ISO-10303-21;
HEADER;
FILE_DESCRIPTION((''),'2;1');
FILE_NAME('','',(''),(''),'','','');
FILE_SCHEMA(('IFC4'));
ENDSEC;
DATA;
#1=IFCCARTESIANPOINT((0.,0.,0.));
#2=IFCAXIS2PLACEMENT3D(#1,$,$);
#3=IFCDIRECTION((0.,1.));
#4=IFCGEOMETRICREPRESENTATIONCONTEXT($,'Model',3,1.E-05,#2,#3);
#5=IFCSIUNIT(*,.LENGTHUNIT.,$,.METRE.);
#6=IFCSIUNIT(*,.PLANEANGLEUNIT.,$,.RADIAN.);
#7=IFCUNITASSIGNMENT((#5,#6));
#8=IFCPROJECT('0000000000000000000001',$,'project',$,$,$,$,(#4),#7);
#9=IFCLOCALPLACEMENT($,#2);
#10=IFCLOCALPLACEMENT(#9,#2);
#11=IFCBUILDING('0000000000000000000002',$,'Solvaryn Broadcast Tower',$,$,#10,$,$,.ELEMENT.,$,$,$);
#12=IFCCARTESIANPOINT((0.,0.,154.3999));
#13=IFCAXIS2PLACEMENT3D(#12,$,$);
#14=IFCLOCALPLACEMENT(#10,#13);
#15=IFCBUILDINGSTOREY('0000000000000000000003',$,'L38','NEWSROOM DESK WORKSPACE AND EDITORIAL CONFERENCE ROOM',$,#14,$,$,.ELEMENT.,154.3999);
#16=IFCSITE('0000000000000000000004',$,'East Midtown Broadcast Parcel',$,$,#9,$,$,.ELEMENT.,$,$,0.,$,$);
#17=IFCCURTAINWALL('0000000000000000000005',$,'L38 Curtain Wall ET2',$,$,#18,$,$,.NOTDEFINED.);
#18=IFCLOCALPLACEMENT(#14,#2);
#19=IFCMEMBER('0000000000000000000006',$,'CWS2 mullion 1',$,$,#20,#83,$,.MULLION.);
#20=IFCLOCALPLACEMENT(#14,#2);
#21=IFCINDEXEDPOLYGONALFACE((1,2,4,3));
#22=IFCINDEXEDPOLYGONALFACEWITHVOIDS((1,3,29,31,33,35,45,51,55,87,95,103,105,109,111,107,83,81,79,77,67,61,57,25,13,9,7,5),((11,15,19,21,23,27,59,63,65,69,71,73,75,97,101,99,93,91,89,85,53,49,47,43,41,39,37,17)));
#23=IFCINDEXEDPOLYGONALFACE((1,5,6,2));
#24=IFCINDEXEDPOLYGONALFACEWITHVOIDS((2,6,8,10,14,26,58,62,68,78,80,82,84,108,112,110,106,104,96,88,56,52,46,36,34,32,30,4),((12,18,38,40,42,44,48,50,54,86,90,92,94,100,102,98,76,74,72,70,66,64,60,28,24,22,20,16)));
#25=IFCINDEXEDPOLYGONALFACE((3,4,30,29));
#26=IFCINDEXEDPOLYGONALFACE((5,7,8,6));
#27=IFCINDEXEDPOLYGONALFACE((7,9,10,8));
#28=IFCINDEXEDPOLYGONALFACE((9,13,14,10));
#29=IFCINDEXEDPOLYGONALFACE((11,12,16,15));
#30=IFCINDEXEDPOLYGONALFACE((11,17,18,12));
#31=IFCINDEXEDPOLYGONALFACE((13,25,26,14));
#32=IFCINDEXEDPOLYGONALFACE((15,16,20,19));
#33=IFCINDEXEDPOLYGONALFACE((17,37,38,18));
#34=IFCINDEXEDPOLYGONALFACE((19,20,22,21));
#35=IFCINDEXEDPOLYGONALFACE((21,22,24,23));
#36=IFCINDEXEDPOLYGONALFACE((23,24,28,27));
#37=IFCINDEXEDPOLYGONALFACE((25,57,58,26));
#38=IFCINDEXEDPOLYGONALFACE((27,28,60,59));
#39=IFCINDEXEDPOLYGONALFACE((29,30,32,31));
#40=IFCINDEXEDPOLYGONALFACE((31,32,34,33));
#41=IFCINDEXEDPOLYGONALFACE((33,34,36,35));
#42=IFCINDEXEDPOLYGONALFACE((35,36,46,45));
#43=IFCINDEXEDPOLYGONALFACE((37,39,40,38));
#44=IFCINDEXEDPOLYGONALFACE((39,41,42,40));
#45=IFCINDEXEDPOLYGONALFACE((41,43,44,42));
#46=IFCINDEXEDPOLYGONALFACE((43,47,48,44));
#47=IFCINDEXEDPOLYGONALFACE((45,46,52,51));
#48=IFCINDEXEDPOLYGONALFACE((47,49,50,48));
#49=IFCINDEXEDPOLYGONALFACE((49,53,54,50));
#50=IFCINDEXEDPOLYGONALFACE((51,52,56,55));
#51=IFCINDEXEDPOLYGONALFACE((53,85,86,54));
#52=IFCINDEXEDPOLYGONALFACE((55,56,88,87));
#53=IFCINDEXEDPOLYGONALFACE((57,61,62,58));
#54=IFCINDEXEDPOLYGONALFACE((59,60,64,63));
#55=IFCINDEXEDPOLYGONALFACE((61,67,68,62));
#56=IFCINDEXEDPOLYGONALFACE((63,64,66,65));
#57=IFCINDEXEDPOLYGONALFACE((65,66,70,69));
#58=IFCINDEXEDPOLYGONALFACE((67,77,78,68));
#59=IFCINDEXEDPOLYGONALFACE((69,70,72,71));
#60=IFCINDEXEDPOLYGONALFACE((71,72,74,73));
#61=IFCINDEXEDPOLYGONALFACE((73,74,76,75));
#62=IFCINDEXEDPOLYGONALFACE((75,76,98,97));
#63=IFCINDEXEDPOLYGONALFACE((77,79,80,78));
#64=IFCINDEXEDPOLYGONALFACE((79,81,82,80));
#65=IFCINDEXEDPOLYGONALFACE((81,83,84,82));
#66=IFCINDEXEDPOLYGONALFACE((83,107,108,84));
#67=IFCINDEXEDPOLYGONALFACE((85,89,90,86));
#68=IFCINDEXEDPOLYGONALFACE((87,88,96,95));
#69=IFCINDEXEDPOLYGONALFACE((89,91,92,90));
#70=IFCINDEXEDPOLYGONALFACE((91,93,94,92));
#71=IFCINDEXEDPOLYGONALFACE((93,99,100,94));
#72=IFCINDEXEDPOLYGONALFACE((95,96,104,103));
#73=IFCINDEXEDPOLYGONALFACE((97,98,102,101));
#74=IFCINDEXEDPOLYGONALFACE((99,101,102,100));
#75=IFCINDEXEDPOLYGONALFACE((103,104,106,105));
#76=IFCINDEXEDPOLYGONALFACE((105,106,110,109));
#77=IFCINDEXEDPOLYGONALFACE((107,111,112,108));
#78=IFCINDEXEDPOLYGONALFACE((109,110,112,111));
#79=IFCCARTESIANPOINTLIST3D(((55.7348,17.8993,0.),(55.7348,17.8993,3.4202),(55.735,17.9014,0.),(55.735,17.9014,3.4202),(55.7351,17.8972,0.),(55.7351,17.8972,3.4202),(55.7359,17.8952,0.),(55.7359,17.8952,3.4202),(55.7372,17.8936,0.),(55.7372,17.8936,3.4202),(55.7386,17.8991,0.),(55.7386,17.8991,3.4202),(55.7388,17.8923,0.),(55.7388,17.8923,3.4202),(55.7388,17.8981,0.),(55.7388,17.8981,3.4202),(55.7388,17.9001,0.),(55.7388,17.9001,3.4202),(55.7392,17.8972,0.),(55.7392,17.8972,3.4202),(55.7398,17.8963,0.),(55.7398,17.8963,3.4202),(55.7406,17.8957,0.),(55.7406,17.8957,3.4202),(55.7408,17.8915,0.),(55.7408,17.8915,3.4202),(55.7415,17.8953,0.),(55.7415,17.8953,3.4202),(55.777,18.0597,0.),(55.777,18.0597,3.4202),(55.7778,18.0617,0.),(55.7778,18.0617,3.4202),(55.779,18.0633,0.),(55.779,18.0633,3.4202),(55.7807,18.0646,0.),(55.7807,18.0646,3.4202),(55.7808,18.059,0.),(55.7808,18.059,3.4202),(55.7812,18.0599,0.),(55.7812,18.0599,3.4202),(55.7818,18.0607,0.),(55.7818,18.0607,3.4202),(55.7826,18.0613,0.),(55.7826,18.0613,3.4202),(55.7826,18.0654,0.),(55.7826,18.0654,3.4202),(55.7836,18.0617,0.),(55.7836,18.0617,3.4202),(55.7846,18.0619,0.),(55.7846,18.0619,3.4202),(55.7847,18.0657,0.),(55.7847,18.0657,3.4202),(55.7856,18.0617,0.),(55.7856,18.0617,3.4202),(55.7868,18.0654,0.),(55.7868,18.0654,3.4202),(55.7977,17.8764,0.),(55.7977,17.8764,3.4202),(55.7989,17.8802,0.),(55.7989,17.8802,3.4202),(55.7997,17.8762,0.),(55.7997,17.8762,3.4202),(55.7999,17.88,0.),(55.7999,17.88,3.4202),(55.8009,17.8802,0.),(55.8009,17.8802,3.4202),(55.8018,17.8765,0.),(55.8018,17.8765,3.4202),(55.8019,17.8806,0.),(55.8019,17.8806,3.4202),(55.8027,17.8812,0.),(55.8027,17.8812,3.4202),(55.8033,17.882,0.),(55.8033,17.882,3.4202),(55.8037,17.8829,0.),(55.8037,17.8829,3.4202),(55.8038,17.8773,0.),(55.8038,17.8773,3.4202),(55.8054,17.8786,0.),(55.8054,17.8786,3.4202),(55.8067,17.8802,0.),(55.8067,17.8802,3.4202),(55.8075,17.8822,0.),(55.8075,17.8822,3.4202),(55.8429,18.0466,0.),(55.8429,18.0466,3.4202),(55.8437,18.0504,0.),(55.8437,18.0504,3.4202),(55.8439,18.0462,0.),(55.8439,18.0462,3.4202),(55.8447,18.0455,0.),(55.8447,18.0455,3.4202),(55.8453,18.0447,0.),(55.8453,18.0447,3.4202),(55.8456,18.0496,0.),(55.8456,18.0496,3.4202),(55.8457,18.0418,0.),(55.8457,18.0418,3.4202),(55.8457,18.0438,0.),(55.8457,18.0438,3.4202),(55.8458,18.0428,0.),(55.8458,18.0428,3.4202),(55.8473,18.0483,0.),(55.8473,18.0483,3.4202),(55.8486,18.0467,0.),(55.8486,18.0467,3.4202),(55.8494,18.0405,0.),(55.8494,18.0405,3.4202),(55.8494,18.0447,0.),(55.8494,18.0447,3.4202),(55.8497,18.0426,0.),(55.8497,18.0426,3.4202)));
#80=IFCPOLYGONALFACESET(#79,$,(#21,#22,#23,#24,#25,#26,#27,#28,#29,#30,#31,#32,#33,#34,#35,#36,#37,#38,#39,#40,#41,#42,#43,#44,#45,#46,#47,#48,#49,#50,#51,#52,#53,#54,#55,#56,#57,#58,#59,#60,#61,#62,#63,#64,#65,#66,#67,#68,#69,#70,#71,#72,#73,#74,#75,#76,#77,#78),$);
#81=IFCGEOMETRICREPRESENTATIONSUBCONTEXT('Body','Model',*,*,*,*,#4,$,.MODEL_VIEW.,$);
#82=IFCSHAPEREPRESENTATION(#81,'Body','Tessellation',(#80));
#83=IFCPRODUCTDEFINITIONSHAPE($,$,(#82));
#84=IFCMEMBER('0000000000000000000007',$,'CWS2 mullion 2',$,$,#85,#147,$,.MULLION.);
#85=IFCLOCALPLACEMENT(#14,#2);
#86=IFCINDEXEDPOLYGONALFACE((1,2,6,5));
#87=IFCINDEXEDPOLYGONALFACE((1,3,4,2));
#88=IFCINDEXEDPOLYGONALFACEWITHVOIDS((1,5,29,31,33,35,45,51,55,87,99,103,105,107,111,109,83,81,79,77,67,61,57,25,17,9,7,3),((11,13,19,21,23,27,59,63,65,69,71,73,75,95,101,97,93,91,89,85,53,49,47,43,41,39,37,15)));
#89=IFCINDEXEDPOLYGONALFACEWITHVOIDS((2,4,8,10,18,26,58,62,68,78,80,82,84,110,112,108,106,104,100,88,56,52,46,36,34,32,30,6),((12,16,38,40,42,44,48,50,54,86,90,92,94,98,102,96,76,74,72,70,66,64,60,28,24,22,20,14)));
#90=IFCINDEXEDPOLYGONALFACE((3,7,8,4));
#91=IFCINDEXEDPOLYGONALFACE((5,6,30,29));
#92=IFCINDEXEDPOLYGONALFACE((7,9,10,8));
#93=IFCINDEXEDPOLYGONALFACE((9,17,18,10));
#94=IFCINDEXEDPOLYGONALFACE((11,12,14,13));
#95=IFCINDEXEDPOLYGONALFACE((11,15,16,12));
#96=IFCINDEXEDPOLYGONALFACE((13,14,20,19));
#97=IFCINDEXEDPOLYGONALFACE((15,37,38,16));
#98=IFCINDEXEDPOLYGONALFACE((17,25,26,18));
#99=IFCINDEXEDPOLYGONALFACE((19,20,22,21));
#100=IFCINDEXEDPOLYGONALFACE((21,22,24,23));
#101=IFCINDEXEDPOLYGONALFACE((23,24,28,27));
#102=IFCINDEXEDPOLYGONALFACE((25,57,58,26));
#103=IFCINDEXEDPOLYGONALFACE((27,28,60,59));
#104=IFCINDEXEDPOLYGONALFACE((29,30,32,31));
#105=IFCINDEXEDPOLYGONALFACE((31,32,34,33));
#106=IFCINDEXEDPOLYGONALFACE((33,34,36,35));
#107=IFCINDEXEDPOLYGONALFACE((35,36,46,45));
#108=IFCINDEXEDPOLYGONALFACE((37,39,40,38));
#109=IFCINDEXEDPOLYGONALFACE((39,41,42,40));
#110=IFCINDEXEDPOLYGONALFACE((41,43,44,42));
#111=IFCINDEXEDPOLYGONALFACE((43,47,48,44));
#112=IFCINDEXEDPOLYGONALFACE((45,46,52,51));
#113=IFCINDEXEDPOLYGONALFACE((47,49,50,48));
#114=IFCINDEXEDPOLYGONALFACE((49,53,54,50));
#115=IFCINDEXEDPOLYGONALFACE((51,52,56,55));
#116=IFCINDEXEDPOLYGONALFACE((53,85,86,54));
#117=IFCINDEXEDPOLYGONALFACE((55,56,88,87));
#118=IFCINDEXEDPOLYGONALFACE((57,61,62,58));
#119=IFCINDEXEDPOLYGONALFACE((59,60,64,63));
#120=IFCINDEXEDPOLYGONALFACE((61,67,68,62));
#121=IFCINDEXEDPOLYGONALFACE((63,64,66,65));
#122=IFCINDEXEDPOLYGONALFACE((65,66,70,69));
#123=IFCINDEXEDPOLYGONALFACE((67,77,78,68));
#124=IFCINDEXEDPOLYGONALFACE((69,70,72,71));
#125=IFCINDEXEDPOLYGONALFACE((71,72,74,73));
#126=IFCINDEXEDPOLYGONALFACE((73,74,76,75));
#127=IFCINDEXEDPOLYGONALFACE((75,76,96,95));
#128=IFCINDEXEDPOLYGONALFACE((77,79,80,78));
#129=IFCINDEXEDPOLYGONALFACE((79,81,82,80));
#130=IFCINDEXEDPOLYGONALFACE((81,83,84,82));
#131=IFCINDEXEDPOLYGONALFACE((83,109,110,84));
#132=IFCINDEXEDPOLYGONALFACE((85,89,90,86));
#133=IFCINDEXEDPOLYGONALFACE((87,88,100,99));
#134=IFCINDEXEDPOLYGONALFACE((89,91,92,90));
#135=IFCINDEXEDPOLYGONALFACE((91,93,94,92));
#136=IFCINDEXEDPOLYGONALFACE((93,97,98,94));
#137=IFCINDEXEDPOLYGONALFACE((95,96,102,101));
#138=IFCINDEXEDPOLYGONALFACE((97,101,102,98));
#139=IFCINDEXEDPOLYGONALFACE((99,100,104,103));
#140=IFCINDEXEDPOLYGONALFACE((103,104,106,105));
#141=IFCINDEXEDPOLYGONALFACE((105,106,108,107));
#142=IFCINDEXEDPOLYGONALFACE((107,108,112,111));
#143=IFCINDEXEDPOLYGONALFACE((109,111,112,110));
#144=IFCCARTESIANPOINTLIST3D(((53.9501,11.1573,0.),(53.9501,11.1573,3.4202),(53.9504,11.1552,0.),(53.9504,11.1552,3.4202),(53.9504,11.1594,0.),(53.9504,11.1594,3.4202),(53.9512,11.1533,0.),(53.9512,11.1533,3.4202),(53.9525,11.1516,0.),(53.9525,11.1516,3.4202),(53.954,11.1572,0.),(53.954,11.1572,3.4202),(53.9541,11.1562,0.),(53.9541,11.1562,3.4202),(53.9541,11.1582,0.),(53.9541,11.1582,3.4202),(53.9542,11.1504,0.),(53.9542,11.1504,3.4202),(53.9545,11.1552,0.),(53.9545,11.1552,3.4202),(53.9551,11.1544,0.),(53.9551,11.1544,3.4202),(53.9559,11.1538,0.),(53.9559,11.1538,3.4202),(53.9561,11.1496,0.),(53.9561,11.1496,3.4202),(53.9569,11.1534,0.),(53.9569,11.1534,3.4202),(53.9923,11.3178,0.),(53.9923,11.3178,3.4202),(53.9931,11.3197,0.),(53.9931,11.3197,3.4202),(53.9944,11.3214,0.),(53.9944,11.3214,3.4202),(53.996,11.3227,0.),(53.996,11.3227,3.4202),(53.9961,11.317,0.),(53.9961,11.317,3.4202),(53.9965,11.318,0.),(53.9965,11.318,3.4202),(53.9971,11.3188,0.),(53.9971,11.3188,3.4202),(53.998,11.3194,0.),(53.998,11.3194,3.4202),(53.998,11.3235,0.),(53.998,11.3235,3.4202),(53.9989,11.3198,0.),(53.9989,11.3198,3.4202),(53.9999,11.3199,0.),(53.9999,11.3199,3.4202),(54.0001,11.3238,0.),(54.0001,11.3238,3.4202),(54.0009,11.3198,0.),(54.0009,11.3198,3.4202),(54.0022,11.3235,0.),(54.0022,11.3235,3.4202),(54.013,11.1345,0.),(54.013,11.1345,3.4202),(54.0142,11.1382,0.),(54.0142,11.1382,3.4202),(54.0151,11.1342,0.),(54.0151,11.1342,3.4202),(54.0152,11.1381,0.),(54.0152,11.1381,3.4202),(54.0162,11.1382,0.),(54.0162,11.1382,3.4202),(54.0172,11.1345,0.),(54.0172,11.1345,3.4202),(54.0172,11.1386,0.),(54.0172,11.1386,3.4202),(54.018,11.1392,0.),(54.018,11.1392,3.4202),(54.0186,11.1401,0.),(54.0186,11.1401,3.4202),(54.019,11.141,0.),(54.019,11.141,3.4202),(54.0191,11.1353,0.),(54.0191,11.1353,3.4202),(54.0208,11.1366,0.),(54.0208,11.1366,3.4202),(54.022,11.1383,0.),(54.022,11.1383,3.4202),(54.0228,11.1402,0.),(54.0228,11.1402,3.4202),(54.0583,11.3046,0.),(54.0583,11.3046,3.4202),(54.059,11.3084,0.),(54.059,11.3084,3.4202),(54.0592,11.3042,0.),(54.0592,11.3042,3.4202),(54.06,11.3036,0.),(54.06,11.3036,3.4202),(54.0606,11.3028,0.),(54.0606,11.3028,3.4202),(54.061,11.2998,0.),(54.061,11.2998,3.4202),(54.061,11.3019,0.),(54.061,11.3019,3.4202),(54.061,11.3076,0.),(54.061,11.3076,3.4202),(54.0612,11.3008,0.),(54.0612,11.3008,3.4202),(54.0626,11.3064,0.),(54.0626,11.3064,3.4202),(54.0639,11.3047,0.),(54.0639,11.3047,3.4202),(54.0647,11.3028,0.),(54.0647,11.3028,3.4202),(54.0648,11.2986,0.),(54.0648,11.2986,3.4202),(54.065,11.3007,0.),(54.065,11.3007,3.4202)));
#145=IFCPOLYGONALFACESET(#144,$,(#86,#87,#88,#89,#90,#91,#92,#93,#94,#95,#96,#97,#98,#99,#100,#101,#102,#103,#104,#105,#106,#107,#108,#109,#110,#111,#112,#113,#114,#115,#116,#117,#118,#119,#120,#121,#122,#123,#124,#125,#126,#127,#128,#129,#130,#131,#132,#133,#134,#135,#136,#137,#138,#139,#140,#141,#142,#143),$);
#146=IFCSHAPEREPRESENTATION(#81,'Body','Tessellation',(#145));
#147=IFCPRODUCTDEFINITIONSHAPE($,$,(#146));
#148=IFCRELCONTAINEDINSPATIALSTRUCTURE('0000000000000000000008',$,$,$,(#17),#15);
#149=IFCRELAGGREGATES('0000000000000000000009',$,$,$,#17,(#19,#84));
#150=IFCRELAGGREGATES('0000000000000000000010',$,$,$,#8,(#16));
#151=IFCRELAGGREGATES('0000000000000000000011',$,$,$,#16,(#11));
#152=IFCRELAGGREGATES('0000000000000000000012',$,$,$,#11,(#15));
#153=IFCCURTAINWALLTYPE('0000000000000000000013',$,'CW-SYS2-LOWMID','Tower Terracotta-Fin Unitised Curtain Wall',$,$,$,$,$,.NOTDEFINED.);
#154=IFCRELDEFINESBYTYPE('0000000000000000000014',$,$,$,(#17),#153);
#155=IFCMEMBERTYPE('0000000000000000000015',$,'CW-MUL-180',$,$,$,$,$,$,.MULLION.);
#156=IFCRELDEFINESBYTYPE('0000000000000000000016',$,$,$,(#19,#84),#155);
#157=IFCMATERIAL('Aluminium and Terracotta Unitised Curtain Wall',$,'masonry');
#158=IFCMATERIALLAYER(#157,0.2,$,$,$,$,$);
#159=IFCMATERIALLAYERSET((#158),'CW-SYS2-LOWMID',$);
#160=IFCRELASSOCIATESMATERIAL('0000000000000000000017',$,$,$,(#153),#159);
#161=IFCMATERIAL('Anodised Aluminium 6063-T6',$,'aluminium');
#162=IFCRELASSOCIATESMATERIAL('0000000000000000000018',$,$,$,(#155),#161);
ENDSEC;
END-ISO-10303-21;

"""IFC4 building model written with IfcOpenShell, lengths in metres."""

from ifc_helpers import new_model, si_unit, direction, frame, origin, origin_2d, place, context, subcontext, project, spatial, hollow_rectangle, extrude, material, layer, layer_set, material_profile, profile_set, type_object, element, aggregate, save


model = new_model("IFC4")

# Units and contexts
model_context = context("Model", 3, precision=1e-05, world=origin(), true_north=direction((0.0, 1.0)))
body_context = subcontext(model_context, "Body", "Model", "MODEL_VIEW")
ifc_project = project(units=[si_unit("LENGTHUNIT", "METRE"), si_unit("PLANEANGLEUNIT", "RADIAN")], contexts=[model_context])

# Site, building, storey
site_placement = place(None, origin())
site = spatial("IfcSite", under=ifc_project, at=site_placement, Name="East Midtown Broadcast Parcel", CompositionType="ELEMENT", RefElevation=0.0)
building_placement = place(site_placement, origin())
building = spatial("IfcBuilding", under=site, at=building_placement, Name="Solvaryn Broadcast Tower", CompositionType="ELEMENT")
storey_placement = place(building_placement, frame((0.0, 0.0, 154.3999)))
storey = spatial("IfcBuildingStorey", under=building, at=storey_placement, Name="L38", Description="NEWSROOM DESK WORKSPACE AND EDITORIAL CONFERENCE ROOM", CompositionType="ELEMENT", Elevation=154.3999)

# Shared definitions
ifc_material_1 = material(Name="Aluminium and Terracotta Unitised Curtain Wall", Category="masonry")
ifc_layer_1 = layer(ifc_material_1, 0.2)
ifc_layer_set_1 = layer_set([ifc_layer_1], Name="CW-SYS2-LOWMID")
curtain_wall_type = type_object("IfcCurtainWallType", Name="CW-SYS2-LOWMID", Description="Tower Terracotta-Fin Unitised Curtain Wall", PredefinedType="NOTDEFINED", material=ifc_layer_set_1)
ifc_material_2 = material(Name="Anodised Aluminium 6063-T6", Category="aluminium")
ifc_material_profile_1 = material_profile(ifc_material_2, hollow_rectangle(XDim=0.075, YDim=0.1799, WallThickness=0.0039, InnerFilletRadius=0.0039, OuterFilletRadius=0.0081, at=origin_2d()))
ifc_profile_set_1 = profile_set([ifc_material_profile_1], Name="Anodised Aluminium 6063-T6")
member_type_1 = type_object("IfcMemberType", Name="CW-MUL-180", PredefinedType="MULLION", material=ifc_profile_set_1)

# Curtain wall, members
curtain_wall_1_placement = place(storey_placement, origin())
curtain_wall_1 = element("IfcCurtainWall", 1, at=curtain_wall_1_placement, inside=storey, type_object=curtain_wall_type, Name="L38 Curtain Wall ET2", PredefinedType="NOTDEFINED")
member_1_placement = place(storey_placement, frame((55.7922, 17.9709, 0.0), z_axis=(0.0, 0.0, 1.0), x_axis=(0.966705, -0.255893, 0.0)))
member_1 = element("IfcMember", 2, at=member_1_placement, type_object=member_type_1, Name="CWS2 mullion 1", PredefinedType="MULLION", context=body_context, shape_type="SweptSolid", body=[
    extrude(hollow_rectangle(XDim=0.075, YDim=0.1799, WallThickness=0.0039, InnerFilletRadius=0.0039, OuterFilletRadius=0.0081, at=origin_2d()), origin(), (0.0, 0.0, 1.0), 3.4202),
])
member_2_placement = place(storey_placement, frame((54.0076, 11.229, 0.0), z_axis=(0.0, 0.0, 1.0), x_axis=(0.966705, -0.255893, 0.0)))
member_2 = element("IfcMember", 3, at=member_2_placement, type_object=member_type_1, Name="CWS2 mullion 2", PredefinedType="MULLION", context=body_context, shape_type="SweptSolid", body=[
    extrude(hollow_rectangle(XDim=0.075, YDim=0.1799, WallThickness=0.0039, InnerFilletRadius=0.0039, OuterFilletRadius=0.0081, at=origin_2d()), origin(), (0.0, 0.0, 1.0), 3.4202),
])

aggregate(curtain_wall_1, [member_1, member_2])

save(model, "model.ifc")
